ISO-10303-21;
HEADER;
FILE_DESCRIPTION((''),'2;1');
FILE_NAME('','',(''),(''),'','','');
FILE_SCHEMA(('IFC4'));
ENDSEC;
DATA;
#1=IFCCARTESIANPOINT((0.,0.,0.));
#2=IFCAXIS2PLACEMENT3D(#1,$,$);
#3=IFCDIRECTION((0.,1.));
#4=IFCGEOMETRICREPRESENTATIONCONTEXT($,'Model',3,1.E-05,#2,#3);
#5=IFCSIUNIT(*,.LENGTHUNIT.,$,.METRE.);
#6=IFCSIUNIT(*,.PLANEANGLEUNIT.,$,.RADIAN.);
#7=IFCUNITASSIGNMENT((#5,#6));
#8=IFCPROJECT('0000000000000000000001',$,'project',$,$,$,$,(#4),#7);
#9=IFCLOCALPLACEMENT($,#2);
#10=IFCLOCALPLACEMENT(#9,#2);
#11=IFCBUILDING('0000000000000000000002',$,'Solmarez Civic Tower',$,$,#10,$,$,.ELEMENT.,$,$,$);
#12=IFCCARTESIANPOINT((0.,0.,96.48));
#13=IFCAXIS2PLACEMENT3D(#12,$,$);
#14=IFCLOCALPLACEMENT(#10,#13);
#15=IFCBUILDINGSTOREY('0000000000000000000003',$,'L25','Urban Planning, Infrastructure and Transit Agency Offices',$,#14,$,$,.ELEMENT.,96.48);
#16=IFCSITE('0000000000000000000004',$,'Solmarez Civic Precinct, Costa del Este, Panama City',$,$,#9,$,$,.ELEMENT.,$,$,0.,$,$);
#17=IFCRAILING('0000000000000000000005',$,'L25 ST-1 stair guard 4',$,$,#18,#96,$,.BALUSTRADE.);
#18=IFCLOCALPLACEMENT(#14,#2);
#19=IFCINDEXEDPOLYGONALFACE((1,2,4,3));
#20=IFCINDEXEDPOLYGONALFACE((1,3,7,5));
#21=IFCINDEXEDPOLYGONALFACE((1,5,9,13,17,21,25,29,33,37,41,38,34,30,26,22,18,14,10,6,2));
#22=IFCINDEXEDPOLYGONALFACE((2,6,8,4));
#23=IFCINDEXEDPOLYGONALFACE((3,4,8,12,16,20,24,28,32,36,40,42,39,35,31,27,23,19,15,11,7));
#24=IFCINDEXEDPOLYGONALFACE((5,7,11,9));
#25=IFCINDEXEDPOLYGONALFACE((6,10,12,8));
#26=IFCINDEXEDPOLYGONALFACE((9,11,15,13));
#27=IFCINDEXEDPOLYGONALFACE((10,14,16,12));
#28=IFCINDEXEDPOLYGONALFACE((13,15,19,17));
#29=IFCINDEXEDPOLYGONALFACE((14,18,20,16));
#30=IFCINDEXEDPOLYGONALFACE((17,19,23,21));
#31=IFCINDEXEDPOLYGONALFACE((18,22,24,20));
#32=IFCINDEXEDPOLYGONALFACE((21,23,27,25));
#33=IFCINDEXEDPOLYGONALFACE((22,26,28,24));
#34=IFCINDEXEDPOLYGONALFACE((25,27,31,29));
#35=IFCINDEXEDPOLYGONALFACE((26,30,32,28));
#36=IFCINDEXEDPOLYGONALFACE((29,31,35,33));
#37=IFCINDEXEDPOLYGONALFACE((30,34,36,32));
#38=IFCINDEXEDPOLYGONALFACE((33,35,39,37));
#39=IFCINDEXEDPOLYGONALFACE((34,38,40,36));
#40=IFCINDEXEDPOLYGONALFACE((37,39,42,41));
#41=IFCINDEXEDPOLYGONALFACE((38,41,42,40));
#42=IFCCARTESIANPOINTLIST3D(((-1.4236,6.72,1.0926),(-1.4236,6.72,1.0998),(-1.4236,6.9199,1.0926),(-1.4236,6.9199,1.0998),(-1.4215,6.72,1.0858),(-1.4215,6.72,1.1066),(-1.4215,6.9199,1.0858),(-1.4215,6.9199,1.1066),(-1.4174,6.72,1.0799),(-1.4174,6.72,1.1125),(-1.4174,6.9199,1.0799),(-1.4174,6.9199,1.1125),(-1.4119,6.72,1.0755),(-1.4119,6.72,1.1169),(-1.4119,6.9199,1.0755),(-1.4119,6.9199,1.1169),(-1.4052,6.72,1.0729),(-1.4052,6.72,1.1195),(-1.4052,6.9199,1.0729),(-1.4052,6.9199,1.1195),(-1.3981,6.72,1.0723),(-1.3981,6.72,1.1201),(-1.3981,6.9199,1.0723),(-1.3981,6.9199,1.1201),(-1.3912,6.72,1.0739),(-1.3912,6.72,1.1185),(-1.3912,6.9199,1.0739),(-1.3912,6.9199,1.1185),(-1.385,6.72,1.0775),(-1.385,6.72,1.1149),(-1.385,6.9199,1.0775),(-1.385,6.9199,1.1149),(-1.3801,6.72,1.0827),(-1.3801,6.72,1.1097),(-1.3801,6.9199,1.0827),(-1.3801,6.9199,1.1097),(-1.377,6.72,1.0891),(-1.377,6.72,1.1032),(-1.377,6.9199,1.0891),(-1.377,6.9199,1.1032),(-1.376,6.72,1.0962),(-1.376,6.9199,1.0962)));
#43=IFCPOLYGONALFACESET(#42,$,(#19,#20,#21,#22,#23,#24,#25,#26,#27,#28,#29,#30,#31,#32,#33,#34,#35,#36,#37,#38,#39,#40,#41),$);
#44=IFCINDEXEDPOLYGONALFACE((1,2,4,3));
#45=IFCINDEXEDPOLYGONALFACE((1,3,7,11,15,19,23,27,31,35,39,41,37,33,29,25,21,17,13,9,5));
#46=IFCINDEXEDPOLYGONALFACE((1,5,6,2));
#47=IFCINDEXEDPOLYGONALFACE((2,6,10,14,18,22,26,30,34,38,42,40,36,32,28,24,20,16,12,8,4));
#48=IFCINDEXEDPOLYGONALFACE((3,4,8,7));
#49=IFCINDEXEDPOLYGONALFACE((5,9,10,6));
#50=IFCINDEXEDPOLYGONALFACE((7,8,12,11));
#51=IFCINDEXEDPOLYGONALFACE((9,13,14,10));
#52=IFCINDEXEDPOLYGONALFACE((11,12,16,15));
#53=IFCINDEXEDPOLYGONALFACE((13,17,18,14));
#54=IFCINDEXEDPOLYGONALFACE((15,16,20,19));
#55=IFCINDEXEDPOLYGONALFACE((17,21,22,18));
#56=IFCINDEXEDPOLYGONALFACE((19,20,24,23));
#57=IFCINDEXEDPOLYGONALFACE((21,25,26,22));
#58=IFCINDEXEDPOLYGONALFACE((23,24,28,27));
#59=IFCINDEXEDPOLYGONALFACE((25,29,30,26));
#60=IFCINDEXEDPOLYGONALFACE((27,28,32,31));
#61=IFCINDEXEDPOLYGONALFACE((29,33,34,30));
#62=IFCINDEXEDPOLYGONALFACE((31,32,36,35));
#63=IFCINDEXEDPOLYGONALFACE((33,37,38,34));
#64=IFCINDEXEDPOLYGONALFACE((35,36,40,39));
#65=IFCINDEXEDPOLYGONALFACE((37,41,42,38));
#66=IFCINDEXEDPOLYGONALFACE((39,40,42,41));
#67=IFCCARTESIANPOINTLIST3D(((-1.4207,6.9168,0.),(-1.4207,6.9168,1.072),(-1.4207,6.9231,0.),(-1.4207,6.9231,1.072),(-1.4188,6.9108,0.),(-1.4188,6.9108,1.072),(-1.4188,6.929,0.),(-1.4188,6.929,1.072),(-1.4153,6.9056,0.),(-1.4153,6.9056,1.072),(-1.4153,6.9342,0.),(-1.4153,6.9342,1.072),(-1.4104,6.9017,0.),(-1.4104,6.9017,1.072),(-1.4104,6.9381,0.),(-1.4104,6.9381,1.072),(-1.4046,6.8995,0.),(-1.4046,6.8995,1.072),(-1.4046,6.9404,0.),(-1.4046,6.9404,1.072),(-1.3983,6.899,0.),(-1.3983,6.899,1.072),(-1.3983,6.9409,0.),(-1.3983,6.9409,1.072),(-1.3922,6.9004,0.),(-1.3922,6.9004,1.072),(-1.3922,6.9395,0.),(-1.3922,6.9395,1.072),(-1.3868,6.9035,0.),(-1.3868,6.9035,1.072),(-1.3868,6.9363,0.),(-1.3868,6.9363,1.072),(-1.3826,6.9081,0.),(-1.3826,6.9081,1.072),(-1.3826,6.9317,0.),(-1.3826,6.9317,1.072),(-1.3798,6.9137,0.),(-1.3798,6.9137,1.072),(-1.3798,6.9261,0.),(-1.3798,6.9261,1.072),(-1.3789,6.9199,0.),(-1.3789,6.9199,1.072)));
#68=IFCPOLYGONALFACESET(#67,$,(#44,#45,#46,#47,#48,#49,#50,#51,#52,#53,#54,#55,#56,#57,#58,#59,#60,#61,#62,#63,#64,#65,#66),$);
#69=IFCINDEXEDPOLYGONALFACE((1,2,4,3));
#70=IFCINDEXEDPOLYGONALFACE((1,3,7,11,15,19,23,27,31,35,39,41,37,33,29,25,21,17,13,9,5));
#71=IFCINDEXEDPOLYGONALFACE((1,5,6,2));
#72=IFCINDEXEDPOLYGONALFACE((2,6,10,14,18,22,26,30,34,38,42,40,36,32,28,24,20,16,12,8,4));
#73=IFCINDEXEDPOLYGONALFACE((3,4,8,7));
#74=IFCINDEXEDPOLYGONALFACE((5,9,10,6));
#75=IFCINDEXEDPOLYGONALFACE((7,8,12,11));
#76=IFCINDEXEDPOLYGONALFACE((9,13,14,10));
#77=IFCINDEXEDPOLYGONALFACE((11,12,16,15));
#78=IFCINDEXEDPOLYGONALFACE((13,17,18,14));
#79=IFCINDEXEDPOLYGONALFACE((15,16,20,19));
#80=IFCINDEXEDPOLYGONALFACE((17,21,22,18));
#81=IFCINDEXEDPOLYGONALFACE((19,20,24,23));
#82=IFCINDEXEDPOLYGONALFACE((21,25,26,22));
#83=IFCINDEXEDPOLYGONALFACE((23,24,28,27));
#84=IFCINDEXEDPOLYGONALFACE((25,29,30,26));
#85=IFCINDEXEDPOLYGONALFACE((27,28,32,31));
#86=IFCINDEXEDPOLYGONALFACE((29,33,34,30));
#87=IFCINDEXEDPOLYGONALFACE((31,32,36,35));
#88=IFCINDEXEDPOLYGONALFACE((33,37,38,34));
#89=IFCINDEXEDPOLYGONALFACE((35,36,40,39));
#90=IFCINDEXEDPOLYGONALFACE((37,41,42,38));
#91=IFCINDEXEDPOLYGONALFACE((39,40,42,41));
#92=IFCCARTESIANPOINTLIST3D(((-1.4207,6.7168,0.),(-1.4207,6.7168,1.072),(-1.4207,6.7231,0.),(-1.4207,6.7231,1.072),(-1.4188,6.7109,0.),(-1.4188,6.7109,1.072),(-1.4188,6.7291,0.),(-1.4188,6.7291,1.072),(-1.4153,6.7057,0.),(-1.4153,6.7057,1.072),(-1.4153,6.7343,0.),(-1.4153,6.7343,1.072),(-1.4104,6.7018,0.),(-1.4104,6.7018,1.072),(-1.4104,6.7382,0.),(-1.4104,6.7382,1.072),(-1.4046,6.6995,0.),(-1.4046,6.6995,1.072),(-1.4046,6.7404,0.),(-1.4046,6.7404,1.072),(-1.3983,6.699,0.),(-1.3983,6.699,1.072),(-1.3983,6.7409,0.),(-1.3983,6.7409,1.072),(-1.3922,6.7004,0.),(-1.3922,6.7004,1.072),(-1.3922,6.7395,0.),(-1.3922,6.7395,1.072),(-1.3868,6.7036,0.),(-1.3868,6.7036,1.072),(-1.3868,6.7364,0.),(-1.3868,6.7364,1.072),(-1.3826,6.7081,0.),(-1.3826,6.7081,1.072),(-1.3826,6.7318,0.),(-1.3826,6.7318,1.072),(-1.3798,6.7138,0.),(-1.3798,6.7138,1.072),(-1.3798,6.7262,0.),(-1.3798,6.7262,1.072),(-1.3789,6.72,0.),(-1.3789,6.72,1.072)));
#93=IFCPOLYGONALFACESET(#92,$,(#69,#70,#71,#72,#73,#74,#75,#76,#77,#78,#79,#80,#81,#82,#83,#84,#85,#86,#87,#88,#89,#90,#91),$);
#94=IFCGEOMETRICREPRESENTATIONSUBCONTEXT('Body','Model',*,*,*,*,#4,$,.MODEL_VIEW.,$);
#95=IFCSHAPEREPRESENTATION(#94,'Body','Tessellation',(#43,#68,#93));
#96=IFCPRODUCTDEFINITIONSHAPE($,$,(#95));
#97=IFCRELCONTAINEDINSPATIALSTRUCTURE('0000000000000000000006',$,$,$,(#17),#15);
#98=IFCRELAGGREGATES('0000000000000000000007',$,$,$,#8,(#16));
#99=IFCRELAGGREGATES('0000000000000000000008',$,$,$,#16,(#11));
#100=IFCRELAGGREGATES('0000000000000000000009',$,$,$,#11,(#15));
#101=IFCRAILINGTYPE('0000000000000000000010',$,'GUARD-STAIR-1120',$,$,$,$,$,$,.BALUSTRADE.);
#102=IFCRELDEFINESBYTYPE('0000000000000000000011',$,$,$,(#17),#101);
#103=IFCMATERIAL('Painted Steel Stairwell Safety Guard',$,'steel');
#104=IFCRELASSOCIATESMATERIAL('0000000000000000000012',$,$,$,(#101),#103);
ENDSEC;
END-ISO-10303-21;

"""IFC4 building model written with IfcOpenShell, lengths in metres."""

from ifc_helpers import new_model, si_unit, direction, frame, origin, origin_2d, place, context, subcontext, project, spatial, circle, extrude, material, type_object, element, save


model = new_model("IFC4")

# Units and contexts
model_context = context("Model", 3, precision=1e-05, world=origin(), true_north=direction((0.0, 1.0)))
body_context = subcontext(model_context, "Body", "Model", "MODEL_VIEW")
ifc_project = project(units=[si_unit("LENGTHUNIT", "METRE"), si_unit("PLANEANGLEUNIT", "RADIAN")], contexts=[model_context])

# Site, building, storey
site_placement = place(None, origin())
site = spatial("IfcSite", under=ifc_project, at=site_placement, Name="Solmarez Civic Precinct, Costa del Este, Panama City", CompositionType="ELEMENT", RefElevation=0.0)
building_placement = place(site_placement, origin())
building = spatial("IfcBuilding", under=site, at=building_placement, Name="Solmarez Civic Tower", CompositionType="ELEMENT")
storey_placement = place(building_placement, frame((0.0, 0.0, 96.48)))
storey = spatial("IfcBuildingStorey", under=building, at=storey_placement, Name="L25", Description="Urban Planning, Infrastructure and Transit Agency Offices", CompositionType="ELEMENT", Elevation=96.48)

# Railing
ifc_material_1 = material(Name="Painted Steel Stairwell Safety Guard", Category="steel")
railing_type_1 = type_object("IfcRailingType", Name="GUARD-STAIR-1120", PredefinedType="BALUSTRADE", material=ifc_material_1)
railing_1_placement = place(storey_placement, frame((-1.3999, 6.9199, 0.0)))
element("IfcRailing", 1, at=railing_1_placement, inside=storey, type_object=railing_type_1, Name="L25 ST-1 stair guard 4", PredefinedType="BALUSTRADE", context=body_context, shape_type="SweptSolid", body=[
    extrude(circle(Radius=0.0239, at=origin_2d()), frame((0.0, 0.0, 1.0962), z_axis=(0.0, -1.0, 0.0), x_axis=(1.0, 0.0, 0.0)), (0.0, 0.0, 1.0), 0.2),
    extrude(circle(Radius=0.021, at=origin_2d()), origin(), (0.0, 0.0, 1.0), 1.072),
    extrude(circle(Radius=0.021, at=origin_2d()), frame((0.0, -0.2, 0.0)), (0.0, 0.0, 1.0), 1.072),
])

save(model, "model.ifc")
